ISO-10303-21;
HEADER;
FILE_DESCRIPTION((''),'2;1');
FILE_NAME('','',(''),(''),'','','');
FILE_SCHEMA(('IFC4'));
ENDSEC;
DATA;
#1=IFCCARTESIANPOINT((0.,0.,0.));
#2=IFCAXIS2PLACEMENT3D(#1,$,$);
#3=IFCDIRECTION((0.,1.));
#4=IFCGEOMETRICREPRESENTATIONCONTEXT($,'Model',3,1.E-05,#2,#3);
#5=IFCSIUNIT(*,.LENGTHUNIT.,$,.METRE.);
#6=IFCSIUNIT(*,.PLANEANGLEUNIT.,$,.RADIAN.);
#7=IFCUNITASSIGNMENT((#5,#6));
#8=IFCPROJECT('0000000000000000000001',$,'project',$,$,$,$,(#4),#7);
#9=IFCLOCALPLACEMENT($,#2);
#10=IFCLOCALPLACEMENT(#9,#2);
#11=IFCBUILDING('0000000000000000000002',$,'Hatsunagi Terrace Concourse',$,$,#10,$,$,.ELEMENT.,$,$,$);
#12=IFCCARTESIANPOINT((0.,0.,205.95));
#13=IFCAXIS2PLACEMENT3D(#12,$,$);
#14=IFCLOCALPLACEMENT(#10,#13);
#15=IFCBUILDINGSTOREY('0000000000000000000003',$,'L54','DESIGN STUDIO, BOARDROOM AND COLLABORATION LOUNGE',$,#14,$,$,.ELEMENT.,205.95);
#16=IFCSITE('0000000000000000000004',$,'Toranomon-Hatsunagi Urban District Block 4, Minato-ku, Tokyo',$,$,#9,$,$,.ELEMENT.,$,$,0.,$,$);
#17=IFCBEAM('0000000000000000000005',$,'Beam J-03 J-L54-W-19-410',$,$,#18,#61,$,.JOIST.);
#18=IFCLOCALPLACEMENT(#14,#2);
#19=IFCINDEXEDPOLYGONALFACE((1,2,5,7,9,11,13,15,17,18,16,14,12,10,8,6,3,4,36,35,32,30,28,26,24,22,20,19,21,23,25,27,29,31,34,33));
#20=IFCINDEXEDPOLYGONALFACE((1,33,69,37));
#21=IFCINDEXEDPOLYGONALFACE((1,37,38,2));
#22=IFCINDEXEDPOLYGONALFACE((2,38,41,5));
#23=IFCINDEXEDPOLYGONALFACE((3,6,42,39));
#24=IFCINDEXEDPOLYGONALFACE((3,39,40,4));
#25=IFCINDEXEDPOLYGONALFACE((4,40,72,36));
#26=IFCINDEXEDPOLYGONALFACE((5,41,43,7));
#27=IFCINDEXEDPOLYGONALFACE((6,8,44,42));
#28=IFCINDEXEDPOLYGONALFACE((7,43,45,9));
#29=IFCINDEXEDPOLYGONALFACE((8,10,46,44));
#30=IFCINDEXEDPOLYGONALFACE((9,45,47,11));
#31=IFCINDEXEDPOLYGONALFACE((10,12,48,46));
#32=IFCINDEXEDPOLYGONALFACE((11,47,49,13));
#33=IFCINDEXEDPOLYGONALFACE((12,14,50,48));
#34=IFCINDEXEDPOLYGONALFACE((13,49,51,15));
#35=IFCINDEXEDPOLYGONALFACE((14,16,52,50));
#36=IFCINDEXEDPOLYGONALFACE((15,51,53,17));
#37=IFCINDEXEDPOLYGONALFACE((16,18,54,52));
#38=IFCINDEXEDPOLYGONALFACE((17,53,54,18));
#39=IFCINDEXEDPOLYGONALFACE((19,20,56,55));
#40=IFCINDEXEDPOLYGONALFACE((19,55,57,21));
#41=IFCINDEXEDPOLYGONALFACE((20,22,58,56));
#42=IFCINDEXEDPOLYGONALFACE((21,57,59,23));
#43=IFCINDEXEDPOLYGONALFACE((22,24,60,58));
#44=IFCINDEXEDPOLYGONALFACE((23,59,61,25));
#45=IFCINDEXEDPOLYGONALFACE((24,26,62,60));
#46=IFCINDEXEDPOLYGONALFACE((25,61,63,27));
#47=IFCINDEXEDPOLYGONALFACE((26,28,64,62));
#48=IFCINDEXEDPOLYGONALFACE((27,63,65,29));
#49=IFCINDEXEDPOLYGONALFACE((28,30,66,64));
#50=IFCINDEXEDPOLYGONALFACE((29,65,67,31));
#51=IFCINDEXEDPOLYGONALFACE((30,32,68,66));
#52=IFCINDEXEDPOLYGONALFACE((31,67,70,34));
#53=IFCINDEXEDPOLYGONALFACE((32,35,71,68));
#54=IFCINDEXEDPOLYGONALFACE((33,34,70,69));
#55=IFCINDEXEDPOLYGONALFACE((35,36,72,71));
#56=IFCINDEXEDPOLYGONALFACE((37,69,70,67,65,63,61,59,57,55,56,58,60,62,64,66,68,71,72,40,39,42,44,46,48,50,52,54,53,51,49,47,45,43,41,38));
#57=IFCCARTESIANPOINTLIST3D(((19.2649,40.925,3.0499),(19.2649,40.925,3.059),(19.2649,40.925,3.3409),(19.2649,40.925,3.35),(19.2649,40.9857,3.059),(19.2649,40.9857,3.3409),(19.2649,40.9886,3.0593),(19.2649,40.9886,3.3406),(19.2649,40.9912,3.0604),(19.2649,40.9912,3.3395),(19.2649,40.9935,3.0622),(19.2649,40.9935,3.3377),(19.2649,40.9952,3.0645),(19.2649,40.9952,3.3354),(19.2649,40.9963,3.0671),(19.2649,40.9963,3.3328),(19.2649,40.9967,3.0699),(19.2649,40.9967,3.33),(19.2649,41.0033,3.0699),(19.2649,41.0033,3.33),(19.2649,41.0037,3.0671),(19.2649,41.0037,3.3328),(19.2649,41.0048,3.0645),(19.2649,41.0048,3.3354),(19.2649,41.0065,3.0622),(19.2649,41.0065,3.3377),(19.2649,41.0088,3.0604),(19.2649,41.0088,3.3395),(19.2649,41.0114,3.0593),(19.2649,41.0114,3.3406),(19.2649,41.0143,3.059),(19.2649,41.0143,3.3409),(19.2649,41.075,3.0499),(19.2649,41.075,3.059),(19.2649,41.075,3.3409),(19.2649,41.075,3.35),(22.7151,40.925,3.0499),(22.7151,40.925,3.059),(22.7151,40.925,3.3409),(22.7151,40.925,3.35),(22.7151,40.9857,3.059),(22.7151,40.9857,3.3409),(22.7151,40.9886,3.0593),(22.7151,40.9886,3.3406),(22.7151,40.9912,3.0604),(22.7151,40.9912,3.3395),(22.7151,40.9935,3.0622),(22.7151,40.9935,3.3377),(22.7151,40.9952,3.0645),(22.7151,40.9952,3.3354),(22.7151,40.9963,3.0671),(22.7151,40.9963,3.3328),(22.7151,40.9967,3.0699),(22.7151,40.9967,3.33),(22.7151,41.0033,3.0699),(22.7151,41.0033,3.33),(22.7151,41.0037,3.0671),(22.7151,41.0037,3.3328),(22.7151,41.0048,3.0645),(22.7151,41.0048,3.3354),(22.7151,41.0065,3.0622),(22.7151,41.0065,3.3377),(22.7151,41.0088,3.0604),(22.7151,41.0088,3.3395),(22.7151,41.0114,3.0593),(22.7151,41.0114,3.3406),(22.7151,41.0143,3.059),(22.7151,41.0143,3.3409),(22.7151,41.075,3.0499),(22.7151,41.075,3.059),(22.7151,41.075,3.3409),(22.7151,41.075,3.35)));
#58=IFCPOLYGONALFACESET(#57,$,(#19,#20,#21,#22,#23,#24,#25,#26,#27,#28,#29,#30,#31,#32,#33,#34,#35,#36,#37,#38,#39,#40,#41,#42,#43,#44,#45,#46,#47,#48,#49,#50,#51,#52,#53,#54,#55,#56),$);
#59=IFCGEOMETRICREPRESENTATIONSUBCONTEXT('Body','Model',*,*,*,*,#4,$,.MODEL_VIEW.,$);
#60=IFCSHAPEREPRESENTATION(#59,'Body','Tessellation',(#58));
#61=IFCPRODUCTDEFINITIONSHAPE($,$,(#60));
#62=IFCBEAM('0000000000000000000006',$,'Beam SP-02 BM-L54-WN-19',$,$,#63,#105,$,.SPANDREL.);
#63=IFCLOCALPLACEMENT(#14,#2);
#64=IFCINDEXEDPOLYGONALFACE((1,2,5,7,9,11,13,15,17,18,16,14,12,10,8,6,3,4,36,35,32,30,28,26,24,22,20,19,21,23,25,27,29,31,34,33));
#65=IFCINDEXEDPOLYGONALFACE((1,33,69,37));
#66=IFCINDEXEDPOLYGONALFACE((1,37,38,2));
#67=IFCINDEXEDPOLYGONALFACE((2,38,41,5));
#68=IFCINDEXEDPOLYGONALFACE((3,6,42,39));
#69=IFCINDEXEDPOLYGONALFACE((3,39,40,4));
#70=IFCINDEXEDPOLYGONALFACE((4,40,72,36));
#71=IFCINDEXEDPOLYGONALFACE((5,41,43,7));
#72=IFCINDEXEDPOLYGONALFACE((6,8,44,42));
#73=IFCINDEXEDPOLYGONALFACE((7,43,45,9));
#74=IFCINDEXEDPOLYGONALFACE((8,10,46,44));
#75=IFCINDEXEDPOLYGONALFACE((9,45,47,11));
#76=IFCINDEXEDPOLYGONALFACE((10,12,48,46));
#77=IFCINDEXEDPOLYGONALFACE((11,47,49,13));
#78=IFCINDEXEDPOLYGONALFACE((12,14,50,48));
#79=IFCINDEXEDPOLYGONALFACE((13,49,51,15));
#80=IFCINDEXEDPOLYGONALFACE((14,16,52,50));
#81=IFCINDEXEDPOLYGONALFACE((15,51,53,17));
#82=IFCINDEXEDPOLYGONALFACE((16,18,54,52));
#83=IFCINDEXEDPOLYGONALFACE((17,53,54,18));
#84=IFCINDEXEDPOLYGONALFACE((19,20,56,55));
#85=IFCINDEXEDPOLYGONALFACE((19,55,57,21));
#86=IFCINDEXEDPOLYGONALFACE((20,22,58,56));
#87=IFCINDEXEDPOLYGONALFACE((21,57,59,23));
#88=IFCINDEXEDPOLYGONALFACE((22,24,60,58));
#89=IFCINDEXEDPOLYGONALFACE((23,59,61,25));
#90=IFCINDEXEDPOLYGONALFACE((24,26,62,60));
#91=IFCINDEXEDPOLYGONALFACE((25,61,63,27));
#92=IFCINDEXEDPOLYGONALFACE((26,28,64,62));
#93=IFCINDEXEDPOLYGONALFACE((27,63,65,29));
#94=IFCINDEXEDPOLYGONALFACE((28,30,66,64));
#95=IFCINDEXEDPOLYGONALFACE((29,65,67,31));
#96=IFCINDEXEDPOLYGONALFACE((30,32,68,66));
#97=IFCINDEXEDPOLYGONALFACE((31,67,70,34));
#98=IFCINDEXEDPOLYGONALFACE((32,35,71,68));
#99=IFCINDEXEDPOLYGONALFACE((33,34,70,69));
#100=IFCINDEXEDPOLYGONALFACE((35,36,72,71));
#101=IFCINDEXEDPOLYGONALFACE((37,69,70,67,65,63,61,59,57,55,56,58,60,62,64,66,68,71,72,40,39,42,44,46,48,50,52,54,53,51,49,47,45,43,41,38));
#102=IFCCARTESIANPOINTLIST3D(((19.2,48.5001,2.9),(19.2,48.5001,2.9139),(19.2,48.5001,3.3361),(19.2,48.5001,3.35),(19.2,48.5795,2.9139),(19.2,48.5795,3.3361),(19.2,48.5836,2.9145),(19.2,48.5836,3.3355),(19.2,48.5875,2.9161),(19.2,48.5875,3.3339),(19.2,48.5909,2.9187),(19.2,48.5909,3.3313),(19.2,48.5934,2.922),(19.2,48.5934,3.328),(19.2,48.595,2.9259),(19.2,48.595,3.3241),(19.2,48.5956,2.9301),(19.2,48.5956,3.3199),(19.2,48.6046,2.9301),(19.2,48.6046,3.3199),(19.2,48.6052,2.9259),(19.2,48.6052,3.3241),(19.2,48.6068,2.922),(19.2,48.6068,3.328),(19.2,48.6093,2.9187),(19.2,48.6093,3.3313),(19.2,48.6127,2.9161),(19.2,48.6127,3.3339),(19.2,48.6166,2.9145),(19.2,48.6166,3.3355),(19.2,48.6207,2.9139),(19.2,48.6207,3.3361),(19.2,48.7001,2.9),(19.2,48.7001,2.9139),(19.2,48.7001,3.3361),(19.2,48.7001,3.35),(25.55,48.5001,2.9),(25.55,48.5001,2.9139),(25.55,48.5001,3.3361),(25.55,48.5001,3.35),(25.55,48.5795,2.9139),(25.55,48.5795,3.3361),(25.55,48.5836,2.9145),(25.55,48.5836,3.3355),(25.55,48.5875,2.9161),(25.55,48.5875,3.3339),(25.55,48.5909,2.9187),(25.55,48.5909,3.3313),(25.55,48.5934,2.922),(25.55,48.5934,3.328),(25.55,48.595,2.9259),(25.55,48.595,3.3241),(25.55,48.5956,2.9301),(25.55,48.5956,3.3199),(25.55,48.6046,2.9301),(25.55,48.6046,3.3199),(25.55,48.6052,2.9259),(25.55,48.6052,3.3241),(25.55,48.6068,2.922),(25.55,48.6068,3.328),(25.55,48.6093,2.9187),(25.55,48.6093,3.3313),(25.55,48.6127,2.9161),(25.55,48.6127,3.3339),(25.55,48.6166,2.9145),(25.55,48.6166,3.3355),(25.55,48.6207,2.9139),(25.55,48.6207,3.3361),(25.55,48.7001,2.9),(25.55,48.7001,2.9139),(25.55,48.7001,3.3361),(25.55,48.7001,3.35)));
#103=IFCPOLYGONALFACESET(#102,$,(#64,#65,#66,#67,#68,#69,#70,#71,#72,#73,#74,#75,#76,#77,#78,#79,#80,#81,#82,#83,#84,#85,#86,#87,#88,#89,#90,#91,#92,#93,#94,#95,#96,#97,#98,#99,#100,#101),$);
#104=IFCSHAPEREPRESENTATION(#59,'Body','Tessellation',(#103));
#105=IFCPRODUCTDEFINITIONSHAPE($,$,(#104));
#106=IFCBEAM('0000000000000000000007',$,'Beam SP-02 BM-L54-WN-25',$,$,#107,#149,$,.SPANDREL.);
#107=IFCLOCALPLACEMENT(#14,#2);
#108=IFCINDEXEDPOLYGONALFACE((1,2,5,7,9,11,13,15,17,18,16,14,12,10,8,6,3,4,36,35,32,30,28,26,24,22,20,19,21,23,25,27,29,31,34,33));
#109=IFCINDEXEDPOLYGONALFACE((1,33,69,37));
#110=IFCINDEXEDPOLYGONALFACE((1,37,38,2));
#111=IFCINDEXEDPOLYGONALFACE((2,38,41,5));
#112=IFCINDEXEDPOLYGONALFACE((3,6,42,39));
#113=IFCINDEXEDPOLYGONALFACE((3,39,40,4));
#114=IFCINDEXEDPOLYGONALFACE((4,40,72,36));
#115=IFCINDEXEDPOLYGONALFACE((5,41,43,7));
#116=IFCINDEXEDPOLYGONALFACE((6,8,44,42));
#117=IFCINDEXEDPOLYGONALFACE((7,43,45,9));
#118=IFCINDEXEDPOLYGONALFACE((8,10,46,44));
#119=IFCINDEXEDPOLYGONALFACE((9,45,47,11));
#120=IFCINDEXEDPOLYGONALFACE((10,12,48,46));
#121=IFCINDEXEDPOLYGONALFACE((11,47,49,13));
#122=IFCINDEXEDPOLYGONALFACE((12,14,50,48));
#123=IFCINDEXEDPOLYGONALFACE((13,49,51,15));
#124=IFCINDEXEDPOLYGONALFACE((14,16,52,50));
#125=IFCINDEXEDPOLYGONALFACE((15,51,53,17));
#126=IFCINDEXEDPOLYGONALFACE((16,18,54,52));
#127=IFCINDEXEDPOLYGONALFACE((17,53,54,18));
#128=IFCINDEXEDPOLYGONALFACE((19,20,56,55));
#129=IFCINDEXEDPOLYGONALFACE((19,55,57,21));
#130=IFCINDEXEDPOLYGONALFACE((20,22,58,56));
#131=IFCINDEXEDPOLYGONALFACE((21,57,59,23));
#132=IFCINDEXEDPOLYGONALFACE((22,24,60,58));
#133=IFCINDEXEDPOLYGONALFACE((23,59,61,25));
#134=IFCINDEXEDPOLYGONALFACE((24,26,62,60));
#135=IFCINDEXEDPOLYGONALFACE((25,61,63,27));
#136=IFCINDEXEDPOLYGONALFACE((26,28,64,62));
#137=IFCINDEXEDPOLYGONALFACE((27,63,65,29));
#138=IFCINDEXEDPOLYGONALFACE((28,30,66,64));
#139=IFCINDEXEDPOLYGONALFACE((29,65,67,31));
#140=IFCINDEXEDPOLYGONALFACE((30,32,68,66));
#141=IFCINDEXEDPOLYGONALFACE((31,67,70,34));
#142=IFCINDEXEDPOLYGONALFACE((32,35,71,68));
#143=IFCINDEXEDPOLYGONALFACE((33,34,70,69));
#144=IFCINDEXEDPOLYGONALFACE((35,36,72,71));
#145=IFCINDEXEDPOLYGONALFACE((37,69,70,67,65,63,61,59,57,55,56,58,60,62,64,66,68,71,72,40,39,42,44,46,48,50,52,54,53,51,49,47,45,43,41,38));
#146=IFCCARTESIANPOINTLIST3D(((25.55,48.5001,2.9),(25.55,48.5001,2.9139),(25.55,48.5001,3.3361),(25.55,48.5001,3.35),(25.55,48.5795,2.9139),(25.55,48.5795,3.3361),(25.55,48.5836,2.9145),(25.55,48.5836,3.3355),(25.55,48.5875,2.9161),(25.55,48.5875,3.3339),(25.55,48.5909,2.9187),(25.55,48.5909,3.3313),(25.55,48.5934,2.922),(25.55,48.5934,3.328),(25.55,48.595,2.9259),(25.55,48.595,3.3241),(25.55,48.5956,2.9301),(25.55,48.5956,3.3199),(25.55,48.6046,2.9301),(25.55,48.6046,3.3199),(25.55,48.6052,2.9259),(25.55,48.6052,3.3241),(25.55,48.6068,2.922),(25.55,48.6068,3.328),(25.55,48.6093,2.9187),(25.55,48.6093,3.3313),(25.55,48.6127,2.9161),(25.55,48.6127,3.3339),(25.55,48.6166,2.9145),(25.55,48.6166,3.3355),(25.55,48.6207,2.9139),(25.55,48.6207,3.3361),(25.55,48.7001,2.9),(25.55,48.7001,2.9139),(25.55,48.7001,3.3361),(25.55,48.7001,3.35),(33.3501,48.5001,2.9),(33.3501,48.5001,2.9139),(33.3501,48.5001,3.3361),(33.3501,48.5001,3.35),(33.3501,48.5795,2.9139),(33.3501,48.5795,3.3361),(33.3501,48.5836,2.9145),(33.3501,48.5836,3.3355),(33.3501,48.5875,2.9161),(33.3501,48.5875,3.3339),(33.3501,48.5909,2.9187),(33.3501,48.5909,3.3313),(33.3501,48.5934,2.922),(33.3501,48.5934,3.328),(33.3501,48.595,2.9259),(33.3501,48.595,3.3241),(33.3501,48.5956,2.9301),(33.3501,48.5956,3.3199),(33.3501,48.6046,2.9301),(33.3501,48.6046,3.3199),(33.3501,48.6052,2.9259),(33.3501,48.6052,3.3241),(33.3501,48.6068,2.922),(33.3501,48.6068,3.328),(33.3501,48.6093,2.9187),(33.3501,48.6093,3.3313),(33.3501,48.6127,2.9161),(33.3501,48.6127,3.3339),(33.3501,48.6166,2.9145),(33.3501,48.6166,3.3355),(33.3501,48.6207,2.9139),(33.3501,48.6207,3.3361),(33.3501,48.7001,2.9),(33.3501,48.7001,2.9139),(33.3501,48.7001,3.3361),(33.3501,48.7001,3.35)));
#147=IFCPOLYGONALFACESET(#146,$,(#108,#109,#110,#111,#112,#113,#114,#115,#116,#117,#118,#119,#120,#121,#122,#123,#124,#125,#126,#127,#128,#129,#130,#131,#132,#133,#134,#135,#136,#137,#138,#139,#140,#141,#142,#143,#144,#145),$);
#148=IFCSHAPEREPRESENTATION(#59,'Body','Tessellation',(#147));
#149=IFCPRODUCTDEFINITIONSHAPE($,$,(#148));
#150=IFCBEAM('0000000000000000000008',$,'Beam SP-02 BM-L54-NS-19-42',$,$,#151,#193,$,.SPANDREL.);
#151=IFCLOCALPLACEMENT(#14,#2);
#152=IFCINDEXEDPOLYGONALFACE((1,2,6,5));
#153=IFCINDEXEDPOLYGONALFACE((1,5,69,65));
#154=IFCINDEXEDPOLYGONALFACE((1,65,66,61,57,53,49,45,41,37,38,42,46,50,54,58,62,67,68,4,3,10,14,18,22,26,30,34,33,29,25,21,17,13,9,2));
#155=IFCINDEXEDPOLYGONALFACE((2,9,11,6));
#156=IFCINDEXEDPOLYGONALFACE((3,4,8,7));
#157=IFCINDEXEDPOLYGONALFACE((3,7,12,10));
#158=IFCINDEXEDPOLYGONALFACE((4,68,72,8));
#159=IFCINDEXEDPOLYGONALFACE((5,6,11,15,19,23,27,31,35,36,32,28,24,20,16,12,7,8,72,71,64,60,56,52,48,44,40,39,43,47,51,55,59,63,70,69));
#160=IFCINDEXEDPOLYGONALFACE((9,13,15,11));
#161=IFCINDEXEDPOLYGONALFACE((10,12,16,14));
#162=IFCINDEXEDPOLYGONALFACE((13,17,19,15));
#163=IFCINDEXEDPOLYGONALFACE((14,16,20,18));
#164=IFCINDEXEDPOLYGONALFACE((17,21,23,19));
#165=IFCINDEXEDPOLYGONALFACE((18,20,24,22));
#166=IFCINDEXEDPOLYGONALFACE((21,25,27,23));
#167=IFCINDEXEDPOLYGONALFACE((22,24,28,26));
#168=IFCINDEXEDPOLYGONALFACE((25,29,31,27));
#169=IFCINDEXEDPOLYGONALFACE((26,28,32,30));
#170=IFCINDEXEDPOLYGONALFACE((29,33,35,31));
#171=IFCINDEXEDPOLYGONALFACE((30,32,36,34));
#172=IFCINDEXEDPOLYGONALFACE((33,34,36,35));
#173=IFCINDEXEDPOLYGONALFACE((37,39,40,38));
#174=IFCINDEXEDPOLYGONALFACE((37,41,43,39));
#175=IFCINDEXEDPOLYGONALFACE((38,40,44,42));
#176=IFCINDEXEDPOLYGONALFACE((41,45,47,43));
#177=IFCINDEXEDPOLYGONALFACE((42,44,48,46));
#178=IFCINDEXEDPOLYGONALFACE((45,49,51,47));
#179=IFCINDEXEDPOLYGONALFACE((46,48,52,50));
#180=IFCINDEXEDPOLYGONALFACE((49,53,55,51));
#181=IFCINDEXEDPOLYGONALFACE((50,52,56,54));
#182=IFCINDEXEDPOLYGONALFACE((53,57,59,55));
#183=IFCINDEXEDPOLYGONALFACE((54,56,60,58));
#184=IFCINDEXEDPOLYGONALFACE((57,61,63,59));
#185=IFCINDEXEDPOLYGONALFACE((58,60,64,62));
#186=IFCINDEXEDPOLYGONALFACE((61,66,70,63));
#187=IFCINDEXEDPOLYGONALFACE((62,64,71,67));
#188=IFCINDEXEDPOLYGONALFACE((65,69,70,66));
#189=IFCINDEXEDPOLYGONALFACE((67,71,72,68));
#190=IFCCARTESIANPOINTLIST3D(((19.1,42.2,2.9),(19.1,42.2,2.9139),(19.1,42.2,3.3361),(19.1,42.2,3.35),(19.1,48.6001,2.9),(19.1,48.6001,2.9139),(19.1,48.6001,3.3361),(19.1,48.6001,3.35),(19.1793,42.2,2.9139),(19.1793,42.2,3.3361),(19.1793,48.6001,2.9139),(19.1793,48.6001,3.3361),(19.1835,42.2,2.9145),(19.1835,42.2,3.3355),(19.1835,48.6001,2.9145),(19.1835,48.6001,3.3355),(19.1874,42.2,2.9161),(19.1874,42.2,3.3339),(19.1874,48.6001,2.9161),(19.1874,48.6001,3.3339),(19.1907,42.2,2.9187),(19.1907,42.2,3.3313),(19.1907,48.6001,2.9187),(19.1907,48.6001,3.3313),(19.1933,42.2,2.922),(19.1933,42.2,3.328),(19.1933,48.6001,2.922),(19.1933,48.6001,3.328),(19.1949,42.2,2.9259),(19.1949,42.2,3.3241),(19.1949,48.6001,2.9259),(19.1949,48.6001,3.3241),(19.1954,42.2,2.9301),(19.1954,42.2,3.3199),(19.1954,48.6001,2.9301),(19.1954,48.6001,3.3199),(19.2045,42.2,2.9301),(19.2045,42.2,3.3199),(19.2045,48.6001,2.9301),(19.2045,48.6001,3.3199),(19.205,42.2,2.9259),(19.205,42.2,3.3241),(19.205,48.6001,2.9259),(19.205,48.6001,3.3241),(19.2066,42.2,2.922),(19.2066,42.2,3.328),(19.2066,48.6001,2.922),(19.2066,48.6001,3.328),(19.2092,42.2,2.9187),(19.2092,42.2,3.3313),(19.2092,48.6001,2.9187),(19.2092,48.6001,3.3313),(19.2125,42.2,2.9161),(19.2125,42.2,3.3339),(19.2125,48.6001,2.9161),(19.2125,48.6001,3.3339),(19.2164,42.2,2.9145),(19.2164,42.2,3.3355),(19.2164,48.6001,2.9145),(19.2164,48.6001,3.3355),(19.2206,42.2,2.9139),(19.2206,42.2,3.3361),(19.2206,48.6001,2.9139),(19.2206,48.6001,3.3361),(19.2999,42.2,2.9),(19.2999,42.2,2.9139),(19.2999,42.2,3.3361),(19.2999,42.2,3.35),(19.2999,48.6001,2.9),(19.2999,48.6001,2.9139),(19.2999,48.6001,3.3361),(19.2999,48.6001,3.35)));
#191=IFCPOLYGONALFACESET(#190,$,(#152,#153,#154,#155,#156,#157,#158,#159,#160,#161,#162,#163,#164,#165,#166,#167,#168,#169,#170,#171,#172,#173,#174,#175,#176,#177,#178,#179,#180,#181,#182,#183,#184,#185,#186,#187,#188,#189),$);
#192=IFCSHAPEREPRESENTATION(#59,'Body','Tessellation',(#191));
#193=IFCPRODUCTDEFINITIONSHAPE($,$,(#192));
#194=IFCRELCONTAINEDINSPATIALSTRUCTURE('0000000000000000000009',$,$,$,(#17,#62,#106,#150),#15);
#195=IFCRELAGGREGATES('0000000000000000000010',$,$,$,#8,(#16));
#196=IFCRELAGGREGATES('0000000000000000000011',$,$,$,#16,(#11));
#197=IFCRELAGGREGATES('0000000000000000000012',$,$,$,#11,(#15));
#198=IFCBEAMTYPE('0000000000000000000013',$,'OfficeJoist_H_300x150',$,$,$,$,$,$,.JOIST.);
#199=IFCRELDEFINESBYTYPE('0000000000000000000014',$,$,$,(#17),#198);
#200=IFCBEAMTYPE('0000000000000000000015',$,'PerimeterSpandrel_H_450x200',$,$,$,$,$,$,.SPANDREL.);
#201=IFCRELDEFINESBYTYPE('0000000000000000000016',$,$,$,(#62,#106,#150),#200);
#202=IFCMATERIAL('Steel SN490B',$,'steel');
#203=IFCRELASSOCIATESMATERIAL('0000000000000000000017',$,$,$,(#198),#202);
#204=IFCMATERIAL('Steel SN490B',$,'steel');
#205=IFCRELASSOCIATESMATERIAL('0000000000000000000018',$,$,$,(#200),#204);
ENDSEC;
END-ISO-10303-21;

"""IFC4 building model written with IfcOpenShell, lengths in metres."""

from ifc_helpers import new_model, si_unit, direction, frame, origin, origin_2d, place, context, subcontext, project, spatial, i_section, extrude, material, material_profile, profile_set, type_object, element, save


model = new_model("IFC4")

# Units and contexts
model_context = context("Model", 3, precision=1e-05, world=origin(), true_north=direction((0.0, 1.0)))
body_context = subcontext(model_context, "Body", "Model", "MODEL_VIEW")
ifc_project = project(units=[si_unit("LENGTHUNIT", "METRE"), si_unit("PLANEANGLEUNIT", "RADIAN")], contexts=[model_context])

# Site, building, storey
site_placement = place(None, origin())
site = spatial("IfcSite", under=ifc_project, at=site_placement, Name="Toranomon-Hatsunagi Urban District Block 4, Minato-ku, Tokyo", CompositionType="ELEMENT", RefElevation=0.0)
building_placement = place(site_placement, origin())
building = spatial("IfcBuilding", under=site, at=building_placement, Name="Hatsunagi Terrace Concourse", CompositionType="ELEMENT")
storey_placement = place(building_placement, frame((0.0, 0.0, 205.95)))
storey = spatial("IfcBuildingStorey", under=building, at=storey_placement, Name="L54", Description="DESIGN STUDIO, BOARDROOM AND COLLABORATION LOUNGE", CompositionType="ELEMENT", Elevation=205.95)

# Beams
ifc_material_1 = material(Name="Steel SN490B", Category="steel")
ifc_material_profile_1 = material_profile(ifc_material_1, i_section(OverallWidth=0.1499, OverallDepth=0.3, WebThickness=0.0066, FlangeThickness=0.009, FilletRadius=0.011, at=origin_2d()), Name="H-300x150x6.5x9")
ifc_profile_set_1 = profile_set([ifc_material_profile_1], Name="Steel SN490B")
beam_type_1 = type_object("IfcBeamType", Name="OfficeJoist_H_300x150", PredefinedType="JOIST", material=ifc_profile_set_1)
beam_1_placement = place(storey_placement, frame((19.2649, 41.0, 3.2), z_axis=(1.0, 0.0, 0.0), x_axis=(0.0, 1.0, 0.0)))
element("IfcBeam", 1, at=beam_1_placement, inside=storey, type_object=beam_type_1, Name="Beam J-03 J-L54-W-19-410", PredefinedType="JOIST", context=body_context, shape_type="SweptSolid", body=[
    extrude(i_section(OverallWidth=0.1499, OverallDepth=0.3, WebThickness=0.0066, FlangeThickness=0.009, FilletRadius=0.011, at=origin_2d()), origin(), (0.0, 0.0, 1.0), 3.4502),
])
ifc_material_2 = material(Name="Steel SN490B", Category="steel")
ifc_material_profile_2 = material_profile(ifc_material_2, i_section(OverallWidth=0.2, OverallDepth=0.45, WebThickness=0.009, FlangeThickness=0.0139, FilletRadius=0.0161, at=origin_2d()), Name="H-450x200x9x14")
ifc_profile_set_2 = profile_set([ifc_material_profile_2], Name="Steel SN490B")
beam_type_2 = type_object("IfcBeamType", Name="PerimeterSpandrel_H_450x200", PredefinedType="SPANDREL", material=ifc_profile_set_2)
beam_2_placement = place(storey_placement, frame((19.2, 48.6001, 3.125), z_axis=(1.0, 0.0, 0.0), x_axis=(0.0, 1.0, 0.0)))
element("IfcBeam", 2, at=beam_2_placement, inside=storey, type_object=beam_type_2, Name="Beam SP-02 BM-L54-WN-19", PredefinedType="SPANDREL", context=body_context, shape_type="SweptSolid", body=[
    extrude(i_section(OverallWidth=0.2, OverallDepth=0.45, WebThickness=0.009, FlangeThickness=0.0139, FilletRadius=0.0161, at=origin_2d()), origin(), (0.0, 0.0, 1.0), 6.3501),
])
beam_3_placement = place(storey_placement, frame((25.55, 48.6001, 3.125), z_axis=(1.0, 0.0, 0.0), x_axis=(0.0, 1.0, 0.0)))
element("IfcBeam", 3, at=beam_3_placement, inside=storey, type_object=beam_type_2, Name="Beam SP-02 BM-L54-WN-25", PredefinedType="SPANDREL", context=body_context, shape_type="SweptSolid", body=[
    extrude(i_section(OverallWidth=0.2, OverallDepth=0.45, WebThickness=0.009, FlangeThickness=0.0139, FilletRadius=0.0161, at=origin_2d()), origin(), (0.0, 0.0, 1.0), 7.8),
])
beam_4_placement = place(storey_placement, frame((19.2, 42.2, 3.125), z_axis=(0.0, 1.0, 0.0), x_axis=(-1.0, 0.0, 0.0)))
element("IfcBeam", 4, at=beam_4_placement, inside=storey, type_object=beam_type_2, Name="Beam SP-02 BM-L54-NS-19-42", PredefinedType="SPANDREL", context=body_context, shape_type="SweptSolid", body=[
    extrude(i_section(OverallWidth=0.2, OverallDepth=0.45, WebThickness=0.009, FlangeThickness=0.0139, FilletRadius=0.0161, at=origin_2d()), origin(), (0.0, 0.0, 1.0), 6.4001),
])

save(model, "model.ifc")
